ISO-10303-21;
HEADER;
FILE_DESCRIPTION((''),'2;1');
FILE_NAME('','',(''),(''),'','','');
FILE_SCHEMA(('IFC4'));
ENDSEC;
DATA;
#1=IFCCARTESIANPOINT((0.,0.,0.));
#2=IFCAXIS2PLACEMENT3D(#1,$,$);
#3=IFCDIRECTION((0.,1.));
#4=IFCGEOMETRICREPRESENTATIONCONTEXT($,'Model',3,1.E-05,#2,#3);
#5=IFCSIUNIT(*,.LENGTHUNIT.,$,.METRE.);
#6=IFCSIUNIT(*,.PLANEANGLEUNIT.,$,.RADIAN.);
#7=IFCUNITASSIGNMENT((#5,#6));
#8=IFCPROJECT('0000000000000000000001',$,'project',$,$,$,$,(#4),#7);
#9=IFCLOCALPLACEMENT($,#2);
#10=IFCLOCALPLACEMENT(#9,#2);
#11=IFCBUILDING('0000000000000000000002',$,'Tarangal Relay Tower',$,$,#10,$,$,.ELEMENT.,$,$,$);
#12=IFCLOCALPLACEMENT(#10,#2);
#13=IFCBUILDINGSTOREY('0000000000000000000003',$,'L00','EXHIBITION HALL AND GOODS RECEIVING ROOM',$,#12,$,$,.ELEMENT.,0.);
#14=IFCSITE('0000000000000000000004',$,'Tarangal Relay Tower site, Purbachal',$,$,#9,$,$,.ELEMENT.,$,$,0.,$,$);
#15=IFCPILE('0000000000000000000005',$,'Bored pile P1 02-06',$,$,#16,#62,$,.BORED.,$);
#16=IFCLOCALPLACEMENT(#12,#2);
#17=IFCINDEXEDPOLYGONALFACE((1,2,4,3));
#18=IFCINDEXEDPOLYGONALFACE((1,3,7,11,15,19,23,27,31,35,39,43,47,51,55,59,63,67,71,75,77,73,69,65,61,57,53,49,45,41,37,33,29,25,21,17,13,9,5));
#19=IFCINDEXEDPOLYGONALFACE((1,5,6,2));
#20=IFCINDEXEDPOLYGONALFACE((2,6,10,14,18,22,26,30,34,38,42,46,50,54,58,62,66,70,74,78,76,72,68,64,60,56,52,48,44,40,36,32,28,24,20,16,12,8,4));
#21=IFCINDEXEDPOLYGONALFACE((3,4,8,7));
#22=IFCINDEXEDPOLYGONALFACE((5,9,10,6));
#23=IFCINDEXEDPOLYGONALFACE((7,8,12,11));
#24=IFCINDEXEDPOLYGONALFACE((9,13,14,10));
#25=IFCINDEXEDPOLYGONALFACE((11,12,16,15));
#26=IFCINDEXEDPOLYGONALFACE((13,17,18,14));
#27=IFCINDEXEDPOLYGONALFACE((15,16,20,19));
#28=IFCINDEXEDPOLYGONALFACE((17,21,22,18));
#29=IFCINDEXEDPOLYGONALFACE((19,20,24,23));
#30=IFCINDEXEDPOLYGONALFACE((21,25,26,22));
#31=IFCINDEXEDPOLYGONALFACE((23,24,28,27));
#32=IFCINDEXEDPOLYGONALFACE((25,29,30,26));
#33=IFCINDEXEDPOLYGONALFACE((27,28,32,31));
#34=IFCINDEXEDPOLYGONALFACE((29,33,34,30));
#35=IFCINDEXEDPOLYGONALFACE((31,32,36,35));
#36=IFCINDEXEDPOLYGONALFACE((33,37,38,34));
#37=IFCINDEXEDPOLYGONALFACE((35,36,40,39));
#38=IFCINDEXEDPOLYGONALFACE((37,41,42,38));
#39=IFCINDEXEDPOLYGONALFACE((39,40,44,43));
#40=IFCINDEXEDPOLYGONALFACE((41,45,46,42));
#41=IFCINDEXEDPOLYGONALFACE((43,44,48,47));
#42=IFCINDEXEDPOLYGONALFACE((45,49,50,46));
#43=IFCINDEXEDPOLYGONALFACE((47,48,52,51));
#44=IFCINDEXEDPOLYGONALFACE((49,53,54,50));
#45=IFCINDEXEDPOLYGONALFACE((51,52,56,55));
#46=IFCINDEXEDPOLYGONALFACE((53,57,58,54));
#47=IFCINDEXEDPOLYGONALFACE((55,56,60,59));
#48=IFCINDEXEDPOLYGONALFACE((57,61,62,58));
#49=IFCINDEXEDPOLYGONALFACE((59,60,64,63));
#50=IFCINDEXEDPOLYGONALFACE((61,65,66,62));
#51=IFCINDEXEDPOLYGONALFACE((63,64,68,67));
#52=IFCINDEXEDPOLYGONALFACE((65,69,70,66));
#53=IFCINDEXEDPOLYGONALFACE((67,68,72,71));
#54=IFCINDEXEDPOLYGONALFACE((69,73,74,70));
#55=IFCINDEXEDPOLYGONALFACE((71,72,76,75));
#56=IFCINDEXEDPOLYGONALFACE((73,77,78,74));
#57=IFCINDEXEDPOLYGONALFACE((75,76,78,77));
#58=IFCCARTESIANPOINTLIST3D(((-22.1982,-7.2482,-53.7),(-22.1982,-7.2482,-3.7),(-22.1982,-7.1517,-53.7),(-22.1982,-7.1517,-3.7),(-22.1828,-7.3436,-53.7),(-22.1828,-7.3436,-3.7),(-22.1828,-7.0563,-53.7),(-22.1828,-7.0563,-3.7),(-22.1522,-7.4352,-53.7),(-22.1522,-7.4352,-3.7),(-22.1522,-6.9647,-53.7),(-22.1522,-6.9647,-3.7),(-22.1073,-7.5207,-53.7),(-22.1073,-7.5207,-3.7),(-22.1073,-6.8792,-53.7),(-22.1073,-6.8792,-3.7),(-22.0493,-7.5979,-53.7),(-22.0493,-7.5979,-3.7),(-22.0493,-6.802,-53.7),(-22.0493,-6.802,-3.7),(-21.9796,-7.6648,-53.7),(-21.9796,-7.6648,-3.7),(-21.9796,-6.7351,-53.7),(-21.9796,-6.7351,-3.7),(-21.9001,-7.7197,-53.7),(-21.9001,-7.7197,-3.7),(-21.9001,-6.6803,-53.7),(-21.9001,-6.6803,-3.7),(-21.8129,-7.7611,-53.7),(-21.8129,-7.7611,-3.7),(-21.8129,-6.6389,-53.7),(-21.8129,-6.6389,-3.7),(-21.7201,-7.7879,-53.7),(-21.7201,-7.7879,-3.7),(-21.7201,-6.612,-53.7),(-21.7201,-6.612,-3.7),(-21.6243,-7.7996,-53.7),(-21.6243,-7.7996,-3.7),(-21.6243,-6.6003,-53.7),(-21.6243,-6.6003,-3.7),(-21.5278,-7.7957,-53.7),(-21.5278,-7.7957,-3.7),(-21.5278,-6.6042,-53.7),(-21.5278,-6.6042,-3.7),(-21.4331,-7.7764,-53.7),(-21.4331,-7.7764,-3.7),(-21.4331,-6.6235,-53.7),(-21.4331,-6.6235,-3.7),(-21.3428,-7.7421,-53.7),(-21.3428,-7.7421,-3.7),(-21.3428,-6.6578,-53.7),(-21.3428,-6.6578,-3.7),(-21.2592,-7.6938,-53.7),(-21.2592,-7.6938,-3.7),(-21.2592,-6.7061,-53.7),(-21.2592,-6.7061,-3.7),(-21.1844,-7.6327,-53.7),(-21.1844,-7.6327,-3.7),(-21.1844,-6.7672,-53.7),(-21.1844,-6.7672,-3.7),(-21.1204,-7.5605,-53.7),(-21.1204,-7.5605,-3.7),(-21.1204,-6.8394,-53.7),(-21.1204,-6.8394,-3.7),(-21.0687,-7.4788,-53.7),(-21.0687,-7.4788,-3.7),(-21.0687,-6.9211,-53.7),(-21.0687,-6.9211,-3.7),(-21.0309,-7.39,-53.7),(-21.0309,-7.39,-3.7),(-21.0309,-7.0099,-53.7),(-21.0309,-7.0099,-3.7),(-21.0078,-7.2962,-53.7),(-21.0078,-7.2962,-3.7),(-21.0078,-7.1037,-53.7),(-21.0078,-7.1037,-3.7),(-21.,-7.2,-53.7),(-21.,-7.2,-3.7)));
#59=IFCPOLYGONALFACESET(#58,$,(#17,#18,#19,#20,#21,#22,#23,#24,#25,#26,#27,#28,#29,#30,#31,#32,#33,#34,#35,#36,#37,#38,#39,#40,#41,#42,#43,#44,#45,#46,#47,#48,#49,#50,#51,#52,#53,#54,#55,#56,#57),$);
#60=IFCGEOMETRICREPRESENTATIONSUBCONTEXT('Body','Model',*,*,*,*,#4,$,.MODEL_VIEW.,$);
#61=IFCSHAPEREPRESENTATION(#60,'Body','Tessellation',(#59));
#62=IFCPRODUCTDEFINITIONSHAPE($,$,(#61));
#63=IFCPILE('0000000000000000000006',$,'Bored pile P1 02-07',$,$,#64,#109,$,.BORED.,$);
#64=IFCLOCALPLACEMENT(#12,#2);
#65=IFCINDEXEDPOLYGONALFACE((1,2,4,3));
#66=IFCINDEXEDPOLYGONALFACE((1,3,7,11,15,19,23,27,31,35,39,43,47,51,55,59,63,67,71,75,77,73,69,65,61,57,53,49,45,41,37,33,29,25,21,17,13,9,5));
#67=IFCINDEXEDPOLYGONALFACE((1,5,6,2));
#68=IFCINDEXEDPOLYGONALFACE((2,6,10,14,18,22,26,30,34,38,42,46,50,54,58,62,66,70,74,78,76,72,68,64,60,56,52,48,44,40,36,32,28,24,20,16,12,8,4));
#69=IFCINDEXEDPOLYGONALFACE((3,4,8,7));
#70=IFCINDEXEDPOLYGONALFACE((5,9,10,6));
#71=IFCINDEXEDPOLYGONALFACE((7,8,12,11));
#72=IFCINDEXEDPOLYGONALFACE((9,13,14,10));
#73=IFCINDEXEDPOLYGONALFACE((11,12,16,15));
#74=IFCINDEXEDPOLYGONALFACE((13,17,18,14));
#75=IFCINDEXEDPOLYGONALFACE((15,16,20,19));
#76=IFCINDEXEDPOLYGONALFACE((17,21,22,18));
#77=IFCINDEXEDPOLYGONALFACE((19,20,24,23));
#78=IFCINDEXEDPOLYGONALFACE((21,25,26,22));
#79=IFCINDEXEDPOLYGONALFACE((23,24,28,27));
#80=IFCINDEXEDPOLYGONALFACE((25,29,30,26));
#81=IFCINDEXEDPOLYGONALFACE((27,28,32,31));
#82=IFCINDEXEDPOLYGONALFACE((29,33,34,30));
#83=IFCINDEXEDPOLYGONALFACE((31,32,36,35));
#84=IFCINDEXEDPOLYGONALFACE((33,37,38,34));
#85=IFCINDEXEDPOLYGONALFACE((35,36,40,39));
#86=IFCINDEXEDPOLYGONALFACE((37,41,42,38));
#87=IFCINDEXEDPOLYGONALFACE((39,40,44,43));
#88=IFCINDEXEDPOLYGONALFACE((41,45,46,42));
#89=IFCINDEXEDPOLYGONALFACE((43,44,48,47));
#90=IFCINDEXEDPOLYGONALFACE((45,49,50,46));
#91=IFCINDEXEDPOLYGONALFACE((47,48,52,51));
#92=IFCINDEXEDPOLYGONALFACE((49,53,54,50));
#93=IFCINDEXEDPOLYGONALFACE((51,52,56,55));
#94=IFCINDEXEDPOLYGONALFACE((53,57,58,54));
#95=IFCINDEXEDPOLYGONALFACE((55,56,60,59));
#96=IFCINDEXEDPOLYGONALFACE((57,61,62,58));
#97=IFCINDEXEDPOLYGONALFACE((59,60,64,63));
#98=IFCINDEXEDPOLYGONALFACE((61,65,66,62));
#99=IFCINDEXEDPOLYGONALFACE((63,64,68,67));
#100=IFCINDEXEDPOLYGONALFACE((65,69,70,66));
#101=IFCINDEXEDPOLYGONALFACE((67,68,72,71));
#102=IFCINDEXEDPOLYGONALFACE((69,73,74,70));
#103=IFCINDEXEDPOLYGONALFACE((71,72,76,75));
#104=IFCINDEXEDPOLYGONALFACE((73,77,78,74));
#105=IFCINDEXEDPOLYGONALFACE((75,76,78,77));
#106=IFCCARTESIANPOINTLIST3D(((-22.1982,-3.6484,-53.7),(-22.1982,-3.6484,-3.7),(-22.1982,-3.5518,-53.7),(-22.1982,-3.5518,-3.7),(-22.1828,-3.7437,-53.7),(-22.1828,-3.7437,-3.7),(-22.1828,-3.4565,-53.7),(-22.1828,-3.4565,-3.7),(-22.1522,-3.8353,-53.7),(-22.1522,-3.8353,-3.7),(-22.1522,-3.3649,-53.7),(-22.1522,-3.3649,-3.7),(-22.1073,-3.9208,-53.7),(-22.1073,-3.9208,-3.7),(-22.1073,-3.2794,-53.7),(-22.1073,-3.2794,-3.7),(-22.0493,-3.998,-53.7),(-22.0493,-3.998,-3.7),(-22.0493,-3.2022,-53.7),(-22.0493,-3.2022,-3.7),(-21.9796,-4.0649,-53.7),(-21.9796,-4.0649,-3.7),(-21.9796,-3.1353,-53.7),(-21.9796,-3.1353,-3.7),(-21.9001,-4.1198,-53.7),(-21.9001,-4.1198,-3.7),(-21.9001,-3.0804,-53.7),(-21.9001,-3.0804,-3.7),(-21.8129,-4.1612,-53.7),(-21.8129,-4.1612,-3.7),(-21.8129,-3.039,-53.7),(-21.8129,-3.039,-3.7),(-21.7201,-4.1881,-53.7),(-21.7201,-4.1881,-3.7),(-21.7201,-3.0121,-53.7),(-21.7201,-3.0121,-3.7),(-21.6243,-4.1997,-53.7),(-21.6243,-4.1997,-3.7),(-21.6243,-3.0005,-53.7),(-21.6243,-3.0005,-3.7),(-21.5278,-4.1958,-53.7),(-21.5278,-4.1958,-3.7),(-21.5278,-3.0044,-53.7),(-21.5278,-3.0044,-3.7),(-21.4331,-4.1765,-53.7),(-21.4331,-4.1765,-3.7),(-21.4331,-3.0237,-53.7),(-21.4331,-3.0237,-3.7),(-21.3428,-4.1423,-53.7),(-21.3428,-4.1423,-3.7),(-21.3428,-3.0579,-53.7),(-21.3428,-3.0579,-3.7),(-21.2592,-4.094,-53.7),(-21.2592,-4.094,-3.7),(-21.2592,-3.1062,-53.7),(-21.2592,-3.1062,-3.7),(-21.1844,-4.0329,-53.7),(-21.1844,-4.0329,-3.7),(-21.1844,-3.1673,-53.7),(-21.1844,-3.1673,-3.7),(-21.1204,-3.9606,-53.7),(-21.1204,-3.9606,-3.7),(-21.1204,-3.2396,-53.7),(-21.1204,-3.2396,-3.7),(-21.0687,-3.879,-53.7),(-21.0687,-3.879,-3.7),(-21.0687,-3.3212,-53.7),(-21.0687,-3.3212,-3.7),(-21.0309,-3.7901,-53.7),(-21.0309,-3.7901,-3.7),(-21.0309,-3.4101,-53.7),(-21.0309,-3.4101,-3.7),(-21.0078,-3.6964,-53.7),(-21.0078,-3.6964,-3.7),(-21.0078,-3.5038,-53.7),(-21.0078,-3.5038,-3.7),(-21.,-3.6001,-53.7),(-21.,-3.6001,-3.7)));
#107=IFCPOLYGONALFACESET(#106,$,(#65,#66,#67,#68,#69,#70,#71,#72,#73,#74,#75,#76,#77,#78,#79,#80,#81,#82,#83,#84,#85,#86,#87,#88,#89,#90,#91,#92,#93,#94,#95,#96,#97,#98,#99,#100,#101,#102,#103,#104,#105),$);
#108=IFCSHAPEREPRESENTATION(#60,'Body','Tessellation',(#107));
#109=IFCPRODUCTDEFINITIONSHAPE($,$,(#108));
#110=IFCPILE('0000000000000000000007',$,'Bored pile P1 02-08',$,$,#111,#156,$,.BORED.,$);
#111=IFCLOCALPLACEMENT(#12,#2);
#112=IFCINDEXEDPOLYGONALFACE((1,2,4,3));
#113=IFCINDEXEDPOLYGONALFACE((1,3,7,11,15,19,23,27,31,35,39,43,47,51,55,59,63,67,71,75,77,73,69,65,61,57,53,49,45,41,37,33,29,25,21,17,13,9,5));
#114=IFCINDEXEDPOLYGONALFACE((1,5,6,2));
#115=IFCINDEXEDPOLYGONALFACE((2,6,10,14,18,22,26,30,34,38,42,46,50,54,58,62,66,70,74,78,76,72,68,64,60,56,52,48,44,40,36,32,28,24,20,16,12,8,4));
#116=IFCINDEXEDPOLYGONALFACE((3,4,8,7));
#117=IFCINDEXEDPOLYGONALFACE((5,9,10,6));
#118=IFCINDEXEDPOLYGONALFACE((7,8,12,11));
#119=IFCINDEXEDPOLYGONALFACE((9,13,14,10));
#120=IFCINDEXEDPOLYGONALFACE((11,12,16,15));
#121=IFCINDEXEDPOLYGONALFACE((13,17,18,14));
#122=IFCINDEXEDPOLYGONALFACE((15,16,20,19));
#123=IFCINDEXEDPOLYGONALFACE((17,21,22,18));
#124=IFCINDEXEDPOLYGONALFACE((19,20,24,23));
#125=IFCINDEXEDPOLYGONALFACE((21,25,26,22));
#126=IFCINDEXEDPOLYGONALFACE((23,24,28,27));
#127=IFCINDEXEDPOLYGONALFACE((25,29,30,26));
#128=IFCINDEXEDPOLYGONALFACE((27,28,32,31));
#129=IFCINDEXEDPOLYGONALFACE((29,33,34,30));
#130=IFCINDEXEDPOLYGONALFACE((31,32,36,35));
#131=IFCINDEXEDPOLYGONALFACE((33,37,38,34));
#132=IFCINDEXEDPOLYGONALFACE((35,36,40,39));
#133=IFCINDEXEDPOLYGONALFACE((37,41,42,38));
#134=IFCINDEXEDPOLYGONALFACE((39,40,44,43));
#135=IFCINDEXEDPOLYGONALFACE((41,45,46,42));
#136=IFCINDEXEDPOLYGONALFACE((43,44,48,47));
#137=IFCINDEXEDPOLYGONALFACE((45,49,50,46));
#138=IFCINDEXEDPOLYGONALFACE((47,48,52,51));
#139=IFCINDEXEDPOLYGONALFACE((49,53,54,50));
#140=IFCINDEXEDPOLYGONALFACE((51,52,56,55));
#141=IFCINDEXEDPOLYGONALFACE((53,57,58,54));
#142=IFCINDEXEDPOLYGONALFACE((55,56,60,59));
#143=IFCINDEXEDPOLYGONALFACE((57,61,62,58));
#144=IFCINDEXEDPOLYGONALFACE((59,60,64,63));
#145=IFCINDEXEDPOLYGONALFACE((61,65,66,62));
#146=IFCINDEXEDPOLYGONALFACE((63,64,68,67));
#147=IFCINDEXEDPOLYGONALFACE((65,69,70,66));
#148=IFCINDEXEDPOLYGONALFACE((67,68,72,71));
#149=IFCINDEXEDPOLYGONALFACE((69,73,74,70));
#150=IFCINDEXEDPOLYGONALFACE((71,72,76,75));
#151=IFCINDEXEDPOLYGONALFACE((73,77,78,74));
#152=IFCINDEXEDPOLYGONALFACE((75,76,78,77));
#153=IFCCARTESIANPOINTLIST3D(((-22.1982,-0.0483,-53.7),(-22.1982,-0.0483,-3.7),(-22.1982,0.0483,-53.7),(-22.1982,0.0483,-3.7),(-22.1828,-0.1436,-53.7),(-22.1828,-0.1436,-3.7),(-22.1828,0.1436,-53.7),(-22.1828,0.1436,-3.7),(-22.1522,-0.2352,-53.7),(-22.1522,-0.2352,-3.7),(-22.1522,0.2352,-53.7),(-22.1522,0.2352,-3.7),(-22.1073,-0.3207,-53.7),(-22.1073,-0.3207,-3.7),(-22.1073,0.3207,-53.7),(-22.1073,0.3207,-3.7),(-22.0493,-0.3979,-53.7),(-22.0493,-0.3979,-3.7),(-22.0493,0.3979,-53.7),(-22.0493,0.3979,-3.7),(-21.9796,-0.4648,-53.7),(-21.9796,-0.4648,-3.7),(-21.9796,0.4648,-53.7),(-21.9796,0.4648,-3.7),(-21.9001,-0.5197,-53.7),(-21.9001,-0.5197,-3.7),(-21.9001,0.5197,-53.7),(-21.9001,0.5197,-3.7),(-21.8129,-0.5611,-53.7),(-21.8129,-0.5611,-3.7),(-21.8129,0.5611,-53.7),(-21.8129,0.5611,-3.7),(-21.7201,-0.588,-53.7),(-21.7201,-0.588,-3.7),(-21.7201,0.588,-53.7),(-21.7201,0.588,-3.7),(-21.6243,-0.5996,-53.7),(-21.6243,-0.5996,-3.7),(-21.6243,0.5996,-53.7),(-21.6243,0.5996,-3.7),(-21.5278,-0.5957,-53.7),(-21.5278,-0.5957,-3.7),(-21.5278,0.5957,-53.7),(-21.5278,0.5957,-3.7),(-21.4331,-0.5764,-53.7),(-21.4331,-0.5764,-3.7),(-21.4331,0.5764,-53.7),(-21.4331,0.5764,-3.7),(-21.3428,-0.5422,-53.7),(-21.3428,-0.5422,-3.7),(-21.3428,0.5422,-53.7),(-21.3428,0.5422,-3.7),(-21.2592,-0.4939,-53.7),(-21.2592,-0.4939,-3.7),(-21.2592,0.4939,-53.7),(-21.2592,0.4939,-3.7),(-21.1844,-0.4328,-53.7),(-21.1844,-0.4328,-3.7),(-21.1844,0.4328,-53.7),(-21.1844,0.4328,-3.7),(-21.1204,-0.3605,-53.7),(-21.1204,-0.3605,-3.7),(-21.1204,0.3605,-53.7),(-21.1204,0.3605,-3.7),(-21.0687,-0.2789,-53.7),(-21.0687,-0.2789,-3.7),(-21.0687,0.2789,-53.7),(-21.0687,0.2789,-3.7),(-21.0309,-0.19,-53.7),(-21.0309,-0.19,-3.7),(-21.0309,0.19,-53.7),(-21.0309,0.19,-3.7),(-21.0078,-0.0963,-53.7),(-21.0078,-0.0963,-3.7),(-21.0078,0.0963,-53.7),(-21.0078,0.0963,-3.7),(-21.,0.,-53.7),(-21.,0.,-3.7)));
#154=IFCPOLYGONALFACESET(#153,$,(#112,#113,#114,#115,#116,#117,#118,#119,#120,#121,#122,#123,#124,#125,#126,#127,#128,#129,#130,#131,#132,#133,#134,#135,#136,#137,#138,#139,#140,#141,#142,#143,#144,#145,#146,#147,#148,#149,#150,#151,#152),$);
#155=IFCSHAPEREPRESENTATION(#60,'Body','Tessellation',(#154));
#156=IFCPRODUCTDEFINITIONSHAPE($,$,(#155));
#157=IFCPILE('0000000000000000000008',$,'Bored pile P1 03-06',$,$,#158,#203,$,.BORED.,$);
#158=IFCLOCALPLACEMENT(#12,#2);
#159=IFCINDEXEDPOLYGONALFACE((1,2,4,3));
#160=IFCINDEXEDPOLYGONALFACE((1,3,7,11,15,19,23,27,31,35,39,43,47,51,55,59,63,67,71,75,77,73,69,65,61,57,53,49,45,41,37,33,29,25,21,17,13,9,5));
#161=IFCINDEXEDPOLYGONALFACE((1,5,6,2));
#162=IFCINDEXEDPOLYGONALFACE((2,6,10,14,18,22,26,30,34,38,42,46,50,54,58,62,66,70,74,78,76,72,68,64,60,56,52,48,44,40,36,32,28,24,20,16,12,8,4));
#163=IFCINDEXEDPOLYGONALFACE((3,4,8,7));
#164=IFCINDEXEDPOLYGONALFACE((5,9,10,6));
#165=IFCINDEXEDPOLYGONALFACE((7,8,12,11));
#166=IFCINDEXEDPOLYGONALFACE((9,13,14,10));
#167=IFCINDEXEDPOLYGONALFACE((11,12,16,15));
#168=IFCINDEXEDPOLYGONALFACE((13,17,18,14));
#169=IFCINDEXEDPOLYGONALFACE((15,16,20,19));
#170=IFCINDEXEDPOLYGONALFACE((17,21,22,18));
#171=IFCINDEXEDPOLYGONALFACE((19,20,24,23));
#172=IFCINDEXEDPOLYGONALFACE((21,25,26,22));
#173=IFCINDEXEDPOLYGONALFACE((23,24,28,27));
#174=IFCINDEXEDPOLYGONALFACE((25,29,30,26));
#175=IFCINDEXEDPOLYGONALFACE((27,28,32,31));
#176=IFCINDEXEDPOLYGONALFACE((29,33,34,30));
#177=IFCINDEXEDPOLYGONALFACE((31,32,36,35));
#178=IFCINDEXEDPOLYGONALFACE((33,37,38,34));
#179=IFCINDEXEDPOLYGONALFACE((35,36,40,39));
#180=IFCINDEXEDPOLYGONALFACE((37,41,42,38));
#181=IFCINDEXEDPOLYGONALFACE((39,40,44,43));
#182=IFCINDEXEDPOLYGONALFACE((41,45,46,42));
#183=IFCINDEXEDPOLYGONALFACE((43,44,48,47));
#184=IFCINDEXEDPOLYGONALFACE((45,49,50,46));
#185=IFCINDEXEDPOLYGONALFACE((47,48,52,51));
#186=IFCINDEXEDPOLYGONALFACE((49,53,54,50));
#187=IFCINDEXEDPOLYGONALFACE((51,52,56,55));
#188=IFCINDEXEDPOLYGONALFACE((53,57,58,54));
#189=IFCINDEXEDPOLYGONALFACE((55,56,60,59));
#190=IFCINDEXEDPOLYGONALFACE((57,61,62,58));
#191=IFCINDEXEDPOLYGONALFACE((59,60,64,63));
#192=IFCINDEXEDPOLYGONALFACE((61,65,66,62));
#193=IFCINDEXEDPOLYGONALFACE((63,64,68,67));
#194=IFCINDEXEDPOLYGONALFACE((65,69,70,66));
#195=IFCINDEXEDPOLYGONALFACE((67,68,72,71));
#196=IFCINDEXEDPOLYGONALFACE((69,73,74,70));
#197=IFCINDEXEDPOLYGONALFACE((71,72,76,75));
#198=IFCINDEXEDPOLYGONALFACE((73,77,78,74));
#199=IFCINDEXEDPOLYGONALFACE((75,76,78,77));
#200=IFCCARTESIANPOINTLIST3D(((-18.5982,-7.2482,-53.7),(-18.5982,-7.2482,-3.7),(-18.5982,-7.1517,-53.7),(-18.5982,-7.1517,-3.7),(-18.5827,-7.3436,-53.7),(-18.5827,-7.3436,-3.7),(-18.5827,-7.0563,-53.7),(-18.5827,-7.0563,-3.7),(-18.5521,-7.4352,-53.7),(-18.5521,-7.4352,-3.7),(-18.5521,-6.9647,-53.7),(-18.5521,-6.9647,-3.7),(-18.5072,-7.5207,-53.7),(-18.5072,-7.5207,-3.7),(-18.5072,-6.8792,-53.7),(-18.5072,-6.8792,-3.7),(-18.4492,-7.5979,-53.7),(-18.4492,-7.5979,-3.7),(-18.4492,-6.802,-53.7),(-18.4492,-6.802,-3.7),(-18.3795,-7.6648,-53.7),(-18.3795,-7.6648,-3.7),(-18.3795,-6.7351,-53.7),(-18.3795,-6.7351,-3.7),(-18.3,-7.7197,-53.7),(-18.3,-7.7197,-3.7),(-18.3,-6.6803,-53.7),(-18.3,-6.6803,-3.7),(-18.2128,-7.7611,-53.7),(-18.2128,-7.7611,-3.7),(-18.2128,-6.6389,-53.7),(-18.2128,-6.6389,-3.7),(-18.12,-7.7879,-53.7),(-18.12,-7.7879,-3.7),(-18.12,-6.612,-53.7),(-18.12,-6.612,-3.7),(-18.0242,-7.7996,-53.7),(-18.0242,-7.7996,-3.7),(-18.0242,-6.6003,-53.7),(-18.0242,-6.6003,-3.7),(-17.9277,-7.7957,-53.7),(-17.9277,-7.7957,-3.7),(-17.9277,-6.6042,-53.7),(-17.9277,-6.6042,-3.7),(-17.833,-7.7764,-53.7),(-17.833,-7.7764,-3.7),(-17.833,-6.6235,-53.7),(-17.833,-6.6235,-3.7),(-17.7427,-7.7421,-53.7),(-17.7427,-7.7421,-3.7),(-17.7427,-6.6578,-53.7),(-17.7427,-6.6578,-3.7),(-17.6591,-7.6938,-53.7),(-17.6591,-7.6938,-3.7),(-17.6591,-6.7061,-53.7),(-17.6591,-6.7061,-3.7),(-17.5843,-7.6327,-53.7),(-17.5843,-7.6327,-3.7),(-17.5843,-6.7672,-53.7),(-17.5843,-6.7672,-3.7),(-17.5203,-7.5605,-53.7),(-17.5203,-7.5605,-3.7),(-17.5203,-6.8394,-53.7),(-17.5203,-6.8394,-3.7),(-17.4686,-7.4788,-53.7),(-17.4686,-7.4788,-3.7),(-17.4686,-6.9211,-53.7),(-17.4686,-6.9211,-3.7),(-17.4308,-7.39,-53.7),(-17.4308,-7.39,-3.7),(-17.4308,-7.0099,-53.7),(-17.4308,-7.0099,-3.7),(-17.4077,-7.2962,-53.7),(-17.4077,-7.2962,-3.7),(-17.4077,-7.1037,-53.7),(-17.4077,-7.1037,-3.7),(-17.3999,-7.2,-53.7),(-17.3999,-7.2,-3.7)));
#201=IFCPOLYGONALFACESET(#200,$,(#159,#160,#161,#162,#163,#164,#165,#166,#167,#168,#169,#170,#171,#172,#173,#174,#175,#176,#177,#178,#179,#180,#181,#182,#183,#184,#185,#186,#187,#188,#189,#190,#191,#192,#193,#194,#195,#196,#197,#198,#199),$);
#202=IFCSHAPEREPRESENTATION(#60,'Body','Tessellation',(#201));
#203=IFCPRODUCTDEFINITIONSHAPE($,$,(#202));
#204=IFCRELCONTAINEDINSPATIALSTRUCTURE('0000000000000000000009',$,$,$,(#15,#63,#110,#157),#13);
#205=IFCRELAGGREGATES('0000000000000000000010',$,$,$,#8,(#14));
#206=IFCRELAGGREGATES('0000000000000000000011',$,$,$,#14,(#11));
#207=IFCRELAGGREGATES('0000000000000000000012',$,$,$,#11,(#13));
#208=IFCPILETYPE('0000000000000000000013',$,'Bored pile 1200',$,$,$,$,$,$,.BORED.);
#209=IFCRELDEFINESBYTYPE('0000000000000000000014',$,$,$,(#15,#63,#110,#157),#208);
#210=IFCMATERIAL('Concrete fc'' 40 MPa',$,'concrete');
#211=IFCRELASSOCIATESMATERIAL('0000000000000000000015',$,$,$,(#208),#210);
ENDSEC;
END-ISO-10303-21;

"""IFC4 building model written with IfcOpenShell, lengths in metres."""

from ifc_helpers import new_model, si_unit, direction, frame, origin, origin_2d, place, context, subcontext, project, spatial, circle, extrude, material, material_profile, profile_set, type_object, element, save


model = new_model("IFC4")

# Units and contexts
model_context = context("Model", 3, precision=1e-05, world=origin(), true_north=direction((0.0, 1.0)))
body_context = subcontext(model_context, "Body", "Model", "MODEL_VIEW")
ifc_project = project(units=[si_unit("LENGTHUNIT", "METRE"), si_unit("PLANEANGLEUNIT", "RADIAN")], contexts=[model_context])

# Site, building, storey
site_placement = place(None, origin())
site = spatial("IfcSite", under=ifc_project, at=site_placement, Name="Tarangal Relay Tower site, Purbachal", CompositionType="ELEMENT", RefElevation=0.0)
building_placement = place(site_placement, origin())
building = spatial("IfcBuilding", under=site, at=building_placement, Name="Tarangal Relay Tower", CompositionType="ELEMENT")
storey_placement = place(building_placement, origin())
storey = spatial("IfcBuildingStorey", under=building, at=storey_placement, Name="L00", Description="EXHIBITION HALL AND GOODS RECEIVING ROOM", CompositionType="ELEMENT", Elevation=0.0)

# Piles
ifc_material_1 = material(Name="Concrete fc' 40 MPa", Category="concrete")
ifc_material_profile = material_profile(ifc_material_1, circle(Radius=0.6001, at=origin_2d()), Name="D1200")
ifc_profile_set = profile_set([ifc_material_profile], Name="Concrete fc' 40 MPa")
pile_type = type_object("IfcPileType", Name="Bored pile 1200", PredefinedType="BORED", material=ifc_profile_set)
for number, where, z_axis, x_axis, name in (
    (1, (-21.6001, -7.2, -3.7), (0.0, 0.0, -1.0), (1.0, 0.0, 0.0), "Bored pile P1 02-06"),
    (2, (-21.6001, -3.6001, -3.7), (0.0, 0.0, -1.0), (1.0, 0.0, 0.0), "Bored pile P1 02-07"),
    (3, (-21.6001, 0.0, -3.7), (0.0, 0.0, -1.0), (1.0, 0.0, 0.0), "Bored pile P1 02-08"),
    (4, (-18.0, -7.2, -3.7), (0.0, 0.0, -1.0), (1.0, 0.0, 0.0), "Bored pile P1 03-06"),
):
    element("IfcPile", number, at=place(storey_placement, frame(where, z_axis=z_axis, x_axis=x_axis)), inside=storey, type_object=pile_type, Name=name, PredefinedType="BORED", context=body_context, shape_type="SweptSolid", body=[
        extrude(circle(Radius=0.6001, at=origin_2d()), origin(), (0.0, 0.0, 1.0), 50.0),
    ])

save(model, "model.ifc")
